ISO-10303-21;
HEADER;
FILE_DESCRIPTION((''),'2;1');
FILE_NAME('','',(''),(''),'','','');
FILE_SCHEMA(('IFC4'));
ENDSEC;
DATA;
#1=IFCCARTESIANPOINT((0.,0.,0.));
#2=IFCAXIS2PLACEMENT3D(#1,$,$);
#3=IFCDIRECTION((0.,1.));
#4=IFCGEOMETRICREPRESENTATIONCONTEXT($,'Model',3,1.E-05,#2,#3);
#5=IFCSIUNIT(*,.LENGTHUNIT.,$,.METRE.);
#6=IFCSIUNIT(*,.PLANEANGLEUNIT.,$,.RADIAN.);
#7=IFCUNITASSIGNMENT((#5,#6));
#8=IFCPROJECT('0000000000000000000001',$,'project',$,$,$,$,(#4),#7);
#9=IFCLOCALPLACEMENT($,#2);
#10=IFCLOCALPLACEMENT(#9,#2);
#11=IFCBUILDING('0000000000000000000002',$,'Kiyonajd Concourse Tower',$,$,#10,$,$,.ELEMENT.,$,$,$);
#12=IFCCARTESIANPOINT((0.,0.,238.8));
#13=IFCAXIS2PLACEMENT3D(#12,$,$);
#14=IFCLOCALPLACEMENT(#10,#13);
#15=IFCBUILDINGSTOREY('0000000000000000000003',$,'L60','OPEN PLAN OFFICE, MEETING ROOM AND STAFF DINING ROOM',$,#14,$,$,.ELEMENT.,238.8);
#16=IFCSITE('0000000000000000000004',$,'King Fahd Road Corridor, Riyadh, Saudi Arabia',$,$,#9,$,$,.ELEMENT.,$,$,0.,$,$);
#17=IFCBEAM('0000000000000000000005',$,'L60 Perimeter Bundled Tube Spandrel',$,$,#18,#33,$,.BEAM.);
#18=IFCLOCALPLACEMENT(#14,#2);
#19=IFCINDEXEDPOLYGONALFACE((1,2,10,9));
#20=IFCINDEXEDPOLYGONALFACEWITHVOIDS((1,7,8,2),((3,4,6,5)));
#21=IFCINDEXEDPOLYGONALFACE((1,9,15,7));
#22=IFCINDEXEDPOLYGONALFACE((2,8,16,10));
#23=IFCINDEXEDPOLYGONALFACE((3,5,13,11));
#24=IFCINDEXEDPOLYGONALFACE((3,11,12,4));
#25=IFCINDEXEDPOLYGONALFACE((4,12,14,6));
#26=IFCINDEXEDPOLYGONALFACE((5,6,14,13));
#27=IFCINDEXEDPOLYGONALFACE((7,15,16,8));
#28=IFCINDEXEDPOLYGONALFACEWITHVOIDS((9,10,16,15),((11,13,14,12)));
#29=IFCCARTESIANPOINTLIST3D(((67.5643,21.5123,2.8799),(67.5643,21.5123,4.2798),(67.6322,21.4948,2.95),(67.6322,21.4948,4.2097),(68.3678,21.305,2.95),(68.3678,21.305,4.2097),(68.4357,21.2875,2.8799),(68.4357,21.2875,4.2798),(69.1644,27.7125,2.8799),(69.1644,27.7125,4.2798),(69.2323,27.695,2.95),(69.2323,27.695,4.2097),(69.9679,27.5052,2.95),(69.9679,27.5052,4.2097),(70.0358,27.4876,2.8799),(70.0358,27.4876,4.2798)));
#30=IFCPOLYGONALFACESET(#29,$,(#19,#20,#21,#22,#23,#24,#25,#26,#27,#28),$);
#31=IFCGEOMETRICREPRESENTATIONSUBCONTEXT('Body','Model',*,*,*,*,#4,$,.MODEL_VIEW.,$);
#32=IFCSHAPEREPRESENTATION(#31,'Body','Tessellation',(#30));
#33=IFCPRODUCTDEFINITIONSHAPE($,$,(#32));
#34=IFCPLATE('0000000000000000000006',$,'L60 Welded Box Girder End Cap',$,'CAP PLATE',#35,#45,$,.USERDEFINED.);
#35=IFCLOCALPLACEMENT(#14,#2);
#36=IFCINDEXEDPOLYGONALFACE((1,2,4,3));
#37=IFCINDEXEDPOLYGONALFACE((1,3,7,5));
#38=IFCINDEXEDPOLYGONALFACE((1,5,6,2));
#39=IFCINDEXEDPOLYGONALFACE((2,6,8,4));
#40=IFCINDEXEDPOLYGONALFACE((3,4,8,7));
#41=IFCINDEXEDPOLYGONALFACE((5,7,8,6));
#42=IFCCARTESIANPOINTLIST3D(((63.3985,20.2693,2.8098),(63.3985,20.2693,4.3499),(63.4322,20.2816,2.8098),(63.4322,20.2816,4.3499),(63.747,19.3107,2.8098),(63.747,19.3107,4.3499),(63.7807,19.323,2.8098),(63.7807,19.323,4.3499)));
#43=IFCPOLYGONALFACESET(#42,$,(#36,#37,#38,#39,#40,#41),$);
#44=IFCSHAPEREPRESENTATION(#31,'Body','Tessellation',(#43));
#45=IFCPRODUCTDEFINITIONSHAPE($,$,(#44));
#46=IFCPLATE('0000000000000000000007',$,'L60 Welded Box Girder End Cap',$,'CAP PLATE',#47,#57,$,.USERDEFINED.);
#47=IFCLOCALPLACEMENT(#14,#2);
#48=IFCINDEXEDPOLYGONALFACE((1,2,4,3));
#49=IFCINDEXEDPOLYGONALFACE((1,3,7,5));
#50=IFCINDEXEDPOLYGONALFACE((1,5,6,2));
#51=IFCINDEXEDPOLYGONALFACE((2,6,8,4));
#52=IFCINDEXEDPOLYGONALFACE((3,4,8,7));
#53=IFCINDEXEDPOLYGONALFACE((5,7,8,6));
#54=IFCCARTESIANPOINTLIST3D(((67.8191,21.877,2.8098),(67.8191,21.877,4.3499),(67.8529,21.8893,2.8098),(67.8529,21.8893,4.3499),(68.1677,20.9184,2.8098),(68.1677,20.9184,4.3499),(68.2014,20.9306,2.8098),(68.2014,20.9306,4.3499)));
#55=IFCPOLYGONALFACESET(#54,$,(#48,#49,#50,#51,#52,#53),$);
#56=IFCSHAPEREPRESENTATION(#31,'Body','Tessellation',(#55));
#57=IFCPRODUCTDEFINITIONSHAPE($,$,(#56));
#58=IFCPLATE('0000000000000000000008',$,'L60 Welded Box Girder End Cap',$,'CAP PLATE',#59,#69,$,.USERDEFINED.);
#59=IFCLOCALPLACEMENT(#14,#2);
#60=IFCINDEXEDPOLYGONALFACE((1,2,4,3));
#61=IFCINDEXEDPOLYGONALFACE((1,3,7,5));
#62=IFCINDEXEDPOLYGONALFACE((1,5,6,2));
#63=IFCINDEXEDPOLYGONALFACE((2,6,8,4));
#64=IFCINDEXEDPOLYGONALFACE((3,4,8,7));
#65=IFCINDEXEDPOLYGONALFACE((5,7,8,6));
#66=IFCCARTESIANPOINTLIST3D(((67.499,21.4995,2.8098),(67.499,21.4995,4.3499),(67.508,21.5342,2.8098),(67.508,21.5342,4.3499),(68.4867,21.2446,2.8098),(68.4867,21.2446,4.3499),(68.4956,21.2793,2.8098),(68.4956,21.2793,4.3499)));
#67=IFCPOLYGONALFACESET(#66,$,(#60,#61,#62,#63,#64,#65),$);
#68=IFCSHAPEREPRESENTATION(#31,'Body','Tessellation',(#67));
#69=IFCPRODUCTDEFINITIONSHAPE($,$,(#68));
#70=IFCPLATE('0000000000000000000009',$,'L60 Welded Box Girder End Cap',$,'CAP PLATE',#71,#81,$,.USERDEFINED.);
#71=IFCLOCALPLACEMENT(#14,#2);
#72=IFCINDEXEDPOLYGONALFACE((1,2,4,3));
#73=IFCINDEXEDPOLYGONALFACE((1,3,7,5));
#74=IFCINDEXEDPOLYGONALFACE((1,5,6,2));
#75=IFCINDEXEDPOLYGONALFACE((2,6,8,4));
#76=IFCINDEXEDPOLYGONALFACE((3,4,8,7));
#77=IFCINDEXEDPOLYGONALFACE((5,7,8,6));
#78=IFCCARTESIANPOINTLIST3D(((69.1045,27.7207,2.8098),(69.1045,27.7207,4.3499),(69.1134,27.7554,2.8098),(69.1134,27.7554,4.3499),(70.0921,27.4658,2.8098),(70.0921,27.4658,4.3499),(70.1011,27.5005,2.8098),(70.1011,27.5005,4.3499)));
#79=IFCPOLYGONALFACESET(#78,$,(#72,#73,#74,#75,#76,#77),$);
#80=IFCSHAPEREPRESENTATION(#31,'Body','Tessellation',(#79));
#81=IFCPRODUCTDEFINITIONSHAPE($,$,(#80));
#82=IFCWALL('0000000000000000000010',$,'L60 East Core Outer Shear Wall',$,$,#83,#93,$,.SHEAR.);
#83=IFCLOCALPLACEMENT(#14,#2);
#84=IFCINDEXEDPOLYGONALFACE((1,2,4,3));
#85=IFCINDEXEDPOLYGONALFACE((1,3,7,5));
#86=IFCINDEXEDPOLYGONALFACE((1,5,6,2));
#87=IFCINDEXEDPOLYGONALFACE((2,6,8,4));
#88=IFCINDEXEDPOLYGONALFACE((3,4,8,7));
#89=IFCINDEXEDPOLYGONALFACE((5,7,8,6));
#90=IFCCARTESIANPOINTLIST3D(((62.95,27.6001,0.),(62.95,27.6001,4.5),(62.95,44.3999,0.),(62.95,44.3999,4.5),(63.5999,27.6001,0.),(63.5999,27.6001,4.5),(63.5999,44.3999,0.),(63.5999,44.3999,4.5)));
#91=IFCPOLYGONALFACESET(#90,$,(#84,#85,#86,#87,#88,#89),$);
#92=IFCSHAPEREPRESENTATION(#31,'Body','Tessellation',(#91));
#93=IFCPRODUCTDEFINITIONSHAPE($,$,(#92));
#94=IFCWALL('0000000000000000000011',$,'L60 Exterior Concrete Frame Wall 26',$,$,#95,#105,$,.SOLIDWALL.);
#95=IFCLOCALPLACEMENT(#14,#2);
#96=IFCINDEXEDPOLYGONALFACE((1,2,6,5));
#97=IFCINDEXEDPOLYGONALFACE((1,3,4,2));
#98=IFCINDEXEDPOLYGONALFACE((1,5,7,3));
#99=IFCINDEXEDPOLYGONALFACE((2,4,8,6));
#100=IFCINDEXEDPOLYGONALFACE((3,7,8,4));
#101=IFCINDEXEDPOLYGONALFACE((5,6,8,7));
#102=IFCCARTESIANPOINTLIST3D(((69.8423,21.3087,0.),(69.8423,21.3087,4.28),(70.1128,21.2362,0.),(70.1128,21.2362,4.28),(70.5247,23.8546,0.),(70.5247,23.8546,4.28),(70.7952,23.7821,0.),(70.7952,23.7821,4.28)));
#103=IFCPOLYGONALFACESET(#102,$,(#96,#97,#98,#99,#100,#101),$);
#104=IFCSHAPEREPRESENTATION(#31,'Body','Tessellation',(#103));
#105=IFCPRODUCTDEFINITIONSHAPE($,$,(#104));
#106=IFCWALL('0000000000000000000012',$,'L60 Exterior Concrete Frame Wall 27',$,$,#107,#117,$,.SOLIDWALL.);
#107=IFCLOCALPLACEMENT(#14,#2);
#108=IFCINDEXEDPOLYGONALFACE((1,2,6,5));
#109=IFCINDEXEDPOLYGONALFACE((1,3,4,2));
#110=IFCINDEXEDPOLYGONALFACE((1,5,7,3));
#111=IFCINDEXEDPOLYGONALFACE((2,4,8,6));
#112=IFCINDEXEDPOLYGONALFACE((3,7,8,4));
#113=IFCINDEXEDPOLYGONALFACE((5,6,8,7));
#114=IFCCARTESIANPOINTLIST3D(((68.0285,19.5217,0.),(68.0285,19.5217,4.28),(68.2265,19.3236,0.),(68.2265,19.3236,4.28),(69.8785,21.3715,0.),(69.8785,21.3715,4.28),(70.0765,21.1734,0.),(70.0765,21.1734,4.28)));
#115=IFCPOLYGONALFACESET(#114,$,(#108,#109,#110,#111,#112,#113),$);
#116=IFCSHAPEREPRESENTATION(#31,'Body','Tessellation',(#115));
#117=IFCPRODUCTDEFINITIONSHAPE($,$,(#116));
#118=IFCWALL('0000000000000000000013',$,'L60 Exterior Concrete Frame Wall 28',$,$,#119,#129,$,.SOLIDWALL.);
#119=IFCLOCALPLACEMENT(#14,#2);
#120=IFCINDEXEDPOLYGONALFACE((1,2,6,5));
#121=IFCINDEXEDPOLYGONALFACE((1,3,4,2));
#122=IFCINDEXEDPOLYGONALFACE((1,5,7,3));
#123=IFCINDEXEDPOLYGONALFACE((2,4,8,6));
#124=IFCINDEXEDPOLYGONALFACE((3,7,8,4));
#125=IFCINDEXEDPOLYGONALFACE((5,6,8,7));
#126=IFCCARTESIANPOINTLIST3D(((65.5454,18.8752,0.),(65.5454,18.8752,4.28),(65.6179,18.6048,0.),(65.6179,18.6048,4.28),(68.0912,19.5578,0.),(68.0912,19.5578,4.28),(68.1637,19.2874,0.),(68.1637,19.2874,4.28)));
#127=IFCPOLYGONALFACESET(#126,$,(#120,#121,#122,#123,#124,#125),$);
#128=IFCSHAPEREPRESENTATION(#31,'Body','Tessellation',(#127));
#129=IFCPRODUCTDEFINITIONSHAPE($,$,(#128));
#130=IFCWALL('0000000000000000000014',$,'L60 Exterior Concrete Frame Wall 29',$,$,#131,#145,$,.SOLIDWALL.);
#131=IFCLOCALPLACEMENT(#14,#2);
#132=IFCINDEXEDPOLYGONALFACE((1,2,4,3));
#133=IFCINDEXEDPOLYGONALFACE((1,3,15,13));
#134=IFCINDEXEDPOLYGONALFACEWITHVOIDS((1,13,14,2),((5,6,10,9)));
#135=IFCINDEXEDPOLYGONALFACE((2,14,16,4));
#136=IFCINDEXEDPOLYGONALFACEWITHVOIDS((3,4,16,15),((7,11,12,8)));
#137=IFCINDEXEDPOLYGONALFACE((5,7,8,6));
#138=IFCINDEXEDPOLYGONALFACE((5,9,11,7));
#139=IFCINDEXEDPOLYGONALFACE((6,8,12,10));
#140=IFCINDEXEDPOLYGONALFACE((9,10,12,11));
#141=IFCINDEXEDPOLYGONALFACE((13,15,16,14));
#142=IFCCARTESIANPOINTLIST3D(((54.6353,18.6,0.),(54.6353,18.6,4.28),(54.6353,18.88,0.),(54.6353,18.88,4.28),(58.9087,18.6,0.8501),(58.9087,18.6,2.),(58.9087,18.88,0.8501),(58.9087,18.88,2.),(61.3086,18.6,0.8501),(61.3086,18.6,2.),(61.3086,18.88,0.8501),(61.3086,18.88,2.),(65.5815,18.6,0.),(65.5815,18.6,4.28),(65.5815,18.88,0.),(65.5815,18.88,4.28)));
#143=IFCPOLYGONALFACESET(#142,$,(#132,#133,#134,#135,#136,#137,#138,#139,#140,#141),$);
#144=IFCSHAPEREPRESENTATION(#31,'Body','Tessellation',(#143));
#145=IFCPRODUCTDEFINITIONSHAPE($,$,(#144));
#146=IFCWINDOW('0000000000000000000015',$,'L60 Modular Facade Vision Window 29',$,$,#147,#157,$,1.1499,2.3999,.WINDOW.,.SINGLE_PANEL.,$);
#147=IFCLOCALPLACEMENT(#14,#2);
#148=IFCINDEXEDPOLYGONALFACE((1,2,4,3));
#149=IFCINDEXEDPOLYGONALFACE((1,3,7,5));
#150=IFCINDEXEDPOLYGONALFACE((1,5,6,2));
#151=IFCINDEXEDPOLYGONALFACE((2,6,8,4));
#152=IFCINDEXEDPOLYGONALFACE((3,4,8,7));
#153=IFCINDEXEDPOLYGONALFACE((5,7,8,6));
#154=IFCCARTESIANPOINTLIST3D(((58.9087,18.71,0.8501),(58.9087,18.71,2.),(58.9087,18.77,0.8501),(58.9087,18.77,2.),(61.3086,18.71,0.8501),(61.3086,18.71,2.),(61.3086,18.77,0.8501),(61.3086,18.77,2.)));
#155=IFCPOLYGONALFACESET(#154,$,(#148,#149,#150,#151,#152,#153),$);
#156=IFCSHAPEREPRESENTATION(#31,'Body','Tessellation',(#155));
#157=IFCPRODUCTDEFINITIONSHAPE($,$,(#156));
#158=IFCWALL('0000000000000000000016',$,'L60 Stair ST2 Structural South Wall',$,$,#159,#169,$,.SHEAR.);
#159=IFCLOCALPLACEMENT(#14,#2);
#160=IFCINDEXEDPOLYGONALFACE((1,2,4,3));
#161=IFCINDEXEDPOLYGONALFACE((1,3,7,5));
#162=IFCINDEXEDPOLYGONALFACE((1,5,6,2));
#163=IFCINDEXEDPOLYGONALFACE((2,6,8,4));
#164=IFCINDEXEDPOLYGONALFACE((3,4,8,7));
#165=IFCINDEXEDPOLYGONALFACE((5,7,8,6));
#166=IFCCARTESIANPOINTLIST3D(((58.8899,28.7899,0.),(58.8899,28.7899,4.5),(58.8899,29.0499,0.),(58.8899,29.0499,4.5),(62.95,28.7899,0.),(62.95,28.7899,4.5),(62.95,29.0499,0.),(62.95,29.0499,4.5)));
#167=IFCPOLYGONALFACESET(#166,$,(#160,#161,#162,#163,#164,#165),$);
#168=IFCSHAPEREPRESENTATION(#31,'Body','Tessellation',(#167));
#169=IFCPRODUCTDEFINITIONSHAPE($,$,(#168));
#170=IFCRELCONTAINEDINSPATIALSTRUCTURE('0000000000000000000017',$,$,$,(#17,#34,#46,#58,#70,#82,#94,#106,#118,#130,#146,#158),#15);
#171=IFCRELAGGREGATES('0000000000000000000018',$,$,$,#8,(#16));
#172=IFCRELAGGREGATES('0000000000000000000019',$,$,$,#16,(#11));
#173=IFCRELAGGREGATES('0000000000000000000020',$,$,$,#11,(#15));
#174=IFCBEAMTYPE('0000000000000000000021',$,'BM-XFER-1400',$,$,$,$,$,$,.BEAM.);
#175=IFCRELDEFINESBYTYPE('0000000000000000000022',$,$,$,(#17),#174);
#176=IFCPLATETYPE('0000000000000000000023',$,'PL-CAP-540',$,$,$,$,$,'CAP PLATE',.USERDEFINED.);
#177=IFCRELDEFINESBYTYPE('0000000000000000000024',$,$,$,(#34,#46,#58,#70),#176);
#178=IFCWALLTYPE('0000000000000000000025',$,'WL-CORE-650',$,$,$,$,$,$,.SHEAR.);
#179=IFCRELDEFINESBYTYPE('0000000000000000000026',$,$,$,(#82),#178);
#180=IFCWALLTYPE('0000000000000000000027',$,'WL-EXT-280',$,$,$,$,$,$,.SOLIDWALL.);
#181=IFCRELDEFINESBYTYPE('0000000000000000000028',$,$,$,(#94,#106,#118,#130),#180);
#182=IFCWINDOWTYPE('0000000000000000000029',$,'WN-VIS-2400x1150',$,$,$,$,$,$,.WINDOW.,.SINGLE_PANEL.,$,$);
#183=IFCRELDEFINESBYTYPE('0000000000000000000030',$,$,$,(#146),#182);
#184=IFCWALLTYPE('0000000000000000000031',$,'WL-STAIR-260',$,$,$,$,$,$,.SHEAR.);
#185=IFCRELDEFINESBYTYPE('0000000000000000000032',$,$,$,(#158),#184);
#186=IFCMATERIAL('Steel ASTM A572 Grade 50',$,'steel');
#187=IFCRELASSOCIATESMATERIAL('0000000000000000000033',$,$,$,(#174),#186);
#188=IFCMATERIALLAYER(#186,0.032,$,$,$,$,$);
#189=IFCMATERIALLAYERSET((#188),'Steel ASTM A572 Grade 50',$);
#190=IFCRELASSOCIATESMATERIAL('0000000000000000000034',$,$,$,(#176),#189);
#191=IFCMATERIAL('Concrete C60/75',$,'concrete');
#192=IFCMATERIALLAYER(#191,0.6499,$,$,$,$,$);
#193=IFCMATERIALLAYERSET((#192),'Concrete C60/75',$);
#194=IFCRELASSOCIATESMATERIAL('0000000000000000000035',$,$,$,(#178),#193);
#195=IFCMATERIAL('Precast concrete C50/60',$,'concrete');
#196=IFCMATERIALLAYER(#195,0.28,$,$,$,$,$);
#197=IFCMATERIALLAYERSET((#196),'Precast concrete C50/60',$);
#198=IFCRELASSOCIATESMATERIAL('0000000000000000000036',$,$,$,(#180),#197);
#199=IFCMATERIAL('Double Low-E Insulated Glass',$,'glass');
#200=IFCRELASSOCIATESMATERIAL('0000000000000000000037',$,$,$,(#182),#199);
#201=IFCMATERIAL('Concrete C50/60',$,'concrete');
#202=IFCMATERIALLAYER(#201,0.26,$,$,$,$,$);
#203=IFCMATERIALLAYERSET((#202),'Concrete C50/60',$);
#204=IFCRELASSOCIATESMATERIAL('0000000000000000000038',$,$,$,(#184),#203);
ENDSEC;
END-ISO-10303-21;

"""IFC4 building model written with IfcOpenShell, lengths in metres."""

from ifc_helpers import new_model, si_unit, direction, frame, frame_2d, origin, origin_2d, place, context, subcontext, project, spatial, rectangle, hollow_rectangle, extrude, material, layer, layer_set, material_profile, profile_set, type_object, element, fill, save


model = new_model("IFC4")

# Units and contexts
model_context = context("Model", 3, precision=1e-05, world=origin(), true_north=direction((0.0, 1.0)))
body_context = subcontext(model_context, "Body", "Model", "MODEL_VIEW")
ifc_project = project(units=[si_unit("LENGTHUNIT", "METRE"), si_unit("PLANEANGLEUNIT", "RADIAN")], contexts=[model_context])

# Site, building, storey
site_placement = place(None, origin())
site = spatial("IfcSite", under=ifc_project, at=site_placement, Name="King Fahd Road Corridor, Riyadh, Saudi Arabia", CompositionType="ELEMENT", RefElevation=0.0)
building_placement = place(site_placement, origin())
building = spatial("IfcBuilding", under=site, at=building_placement, Name="Kiyonajd Concourse Tower", CompositionType="ELEMENT")
storey_placement = place(building_placement, frame((0.0, 0.0, 238.8)))
storey = spatial("IfcBuildingStorey", under=building, at=storey_placement, Name="L60", Description="OPEN PLAN OFFICE, MEETING ROOM AND STAFF DINING ROOM", CompositionType="ELEMENT", Elevation=238.8)

# Shared definitions
ifc_material_1 = material(Name="Concrete C60/75", Category="concrete")

# Beam
ifc_material_2 = material(Name="Concrete C50/60", Category="concrete")
ifc_material_3 = material(Name="Steel ASTM A572 Grade 50", Category="steel")
ifc_material_profile_1 = material_profile(ifc_material_3, hollow_rectangle(XDim=0.8999, YDim=1.3999, WallThickness=0.0701, at=origin_2d()), Name="BOX-1400x900x70")
ifc_profile_set_1 = profile_set([ifc_material_profile_1], Name="Steel ASTM A572 Grade 50")
beam_type_1 = type_object("IfcBeamType", Name="BM-XFER-1400", PredefinedType="BEAM", material=ifc_profile_set_1)
beam_1_placement = place(storey_placement, frame((68.0, 21.3999, 3.5798), z_axis=(0.249885, 0.968276, 0.0), x_axis=(-0.968276, 0.249885, 0.0)))
element("IfcBeam", 1, at=beam_1_placement, inside=storey, type_object=beam_type_1, Name="L60 Perimeter Bundled Tube Spandrel", PredefinedType="BEAM", context=body_context, shape_type="SweptSolid", body=[
    extrude(hollow_rectangle(XDim=0.8999, YDim=1.3999, WallThickness=0.0701, at=origin_2d()), origin(), (0.0, 0.0, 1.0), 6.4033),
])

# Plates
ifc_layer_1 = layer(ifc_material_3, 0.032)
ifc_layer_set_1 = layer_set([ifc_layer_1], Name="Steel ASTM A572 Grade 50")
plate_type = type_object("IfcPlateType", Name="PL-CAP-540", ElementType="CAP PLATE", PredefinedType="USERDEFINED", material=ifc_layer_set_1)
for number, where, z_axis, x_axis, name in (
    (2, (63.5896, 19.7961, 2.8098), (0.0, 0.0, 1.0), (-0.939812, -0.341692, 0.0), "L60 Welded Box Girder End Cap"),
    (3, (68.0103, 21.4038, 2.8098), (0.0, 0.0, 1.0), (0.939812, 0.341692, 0.0), "L60 Welded Box Girder End Cap"),
    (4, (67.9973, 21.3894, 2.8098), (0.0, 0.0, 1.0), (-0.249873, -0.968279, 0.0), "L60 Welded Box Girder End Cap"),
    (5, (69.6028, 27.6106, 2.8098), (0.0, 0.0, 1.0), (0.249873, 0.968279, 0.0), "L60 Welded Box Girder End Cap"),
):
    element("IfcPlate", number, at=place(storey_placement, frame(where, z_axis=z_axis, x_axis=x_axis)), inside=storey, type_object=plate_type, Name=name, ObjectType="CAP PLATE", PredefinedType="USERDEFINED", context=body_context, shape_type="SweptSolid", body=[
        extrude(rectangle(XDim=0.0359, YDim=1.02, at=origin_2d()), origin(), (0.0, 0.0, 1.0), 1.54),
    ])

# Walls
ifc_layer_2 = layer(ifc_material_1, 0.6499)
ifc_layer_set_2 = layer_set([ifc_layer_2], Name="Concrete C60/75")
wall_type_1 = type_object("IfcWallType", Name="WL-CORE-650", PredefinedType="SHEAR", material=ifc_layer_set_2)
wall_1_placement = place(storey_placement, frame((63.2749, 27.6001, 0.0), z_axis=(0.0, 0.0, 1.0), x_axis=(0.0, 1.0, 0.0)))
element("IfcWall", 6, at=wall_1_placement, inside=storey, type_object=wall_type_1, Name="L60 East Core Outer Shear Wall", PredefinedType="SHEAR", context=body_context, shape_type="SweptSolid", body=[
    extrude(rectangle(XDim=16.7998, YDim=0.6499, at=frame_2d((8.3999, 0.0))), origin(), (0.0, 0.0, 1.0), 4.5),
])
ifc_material_4 = material(Name="Precast concrete C50/60", Category="concrete")
ifc_layer_3 = layer(ifc_material_4, 0.28)
ifc_layer_set_3 = layer_set([ifc_layer_3], Name="Precast concrete C50/60")
wall_type_2 = type_object("IfcWallType", Name="WL-EXT-280", PredefinedType="SOLIDWALL", material=ifc_layer_set_3)
wall_2_placement = place(storey_placement, frame((70.6599, 23.8184, 0.0), z_axis=(0.0, 0.0, 1.0), x_axis=(-0.25889, -0.965907, 0.0)))
element("IfcWall", 7, at=wall_2_placement, inside=storey, type_object=wall_type_2, Name="L60 Exterior Concrete Frame Wall 26", PredefinedType="SOLIDWALL", context=body_context, shape_type="SweptSolid", body=[
    extrude(rectangle(XDim=2.6357, YDim=0.28, at=frame_2d((1.3179, 0.0))), origin(), (0.0, 0.0, 1.0), 4.28),
])
wall_3_placement = place(storey_placement, frame((69.9775, 21.2725, 0.0), z_axis=(0.0, 0.0, 1.0), x_axis=(-0.707153, -0.70706, 0.0)))
element("IfcWall", 8, at=wall_3_placement, inside=storey, type_object=wall_type_2, Name="L60 Exterior Concrete Frame Wall 27", PredefinedType="SOLIDWALL", context=body_context, shape_type="SweptSolid", body=[
    extrude(rectangle(XDim=2.6162, YDim=0.28, at=frame_2d((1.3081, 0.0))), origin(), (0.0, 0.0, 1.0), 4.28),
])
wall_4_placement = place(storey_placement, frame((68.1274, 19.4226, 0.0), z_axis=(0.0, 0.0, 1.0), x_axis=(-0.965884, -0.258977, 0.0)))
element("IfcWall", 9, at=wall_4_placement, inside=storey, type_object=wall_type_2, Name="L60 Exterior Concrete Frame Wall 28", PredefinedType="SOLIDWALL", context=body_context, shape_type="SweptSolid", body=[
    extrude(rectangle(XDim=2.6357, YDim=0.28, at=frame_2d((1.3179, 0.0))), origin(), (0.0, 0.0, 1.0), 4.28),
])

# Wall, opening, window
wall_5_placement = place(storey_placement, frame((65.5815, 18.74, 0.0), z_axis=(0.0, 0.0, 1.0), x_axis=(-1.0, 0.0, 0.0)))
wall_5 = element("IfcWall", 10, at=wall_5_placement, inside=storey, type_object=wall_type_2, Name="L60 Exterior Concrete Frame Wall 29", PredefinedType="SOLIDWALL", context=body_context, shape_type="SweptSolid", body=[
    extrude(rectangle(XDim=10.9463, YDim=0.28, at=frame_2d((5.4731, 0.0))), origin(), (0.0, 0.0, 1.0), 4.28),
])
opening_1_placement = place(wall_5_placement, frame((4.2729, 0.0, 0.8501)))
opening_1 = element("IfcOpeningElement", 11, at=opening_1_placement, cuts=wall_5, PredefinedType="OPENING", context=body_context, shape_type="SweptSolid", body=[
    extrude(rectangle(XDim=2.3999, YDim=1.1499, at=frame_2d((1.2, 0.575))), frame((0.0, 0.1499, 0.0), z_axis=(0.0, -1.0, 0.0), x_axis=(1.0, 0.0, 0.0)), (0.0, 0.0, 1.0), 0.3),
])
ifc_material_5 = material(Name="Double Low-E Insulated Glass", Category="glass")
window_type = type_object("IfcWindowType", Name="WN-VIS-2400x1150", PartitioningType="SINGLE_PANEL", PredefinedType="WINDOW", material=ifc_material_5)
window_placement = place(opening_1_placement, origin())
window = element("IfcWindow", 12, at=window_placement, inside=storey, type_object=window_type, Name="L60 Modular Facade Vision Window 29", OverallHeight=1.1499, OverallWidth=2.3999, PartitioningType="SINGLE_PANEL", PredefinedType="WINDOW", context=body_context, shape_type="SweptSolid", body=[
    extrude(rectangle(XDim=2.3999, YDim=1.1499, at=frame_2d((1.2, 0.575))), frame((0.0, 0.03, 0.0), z_axis=(0.0, -1.0, 0.0), x_axis=(1.0, 0.0, 0.0)), (0.0, 0.0, 1.0), 0.0601),
])
fill(opening_1, window)

# Wall
ifc_layer_4 = layer(ifc_material_2, 0.26)
ifc_layer_set_4 = layer_set([ifc_layer_4], Name="Concrete C50/60")
wall_type_3 = type_object("IfcWallType", Name="WL-STAIR-260", PredefinedType="SHEAR", material=ifc_layer_set_4)
wall_6_placement = place(storey_placement, frame((58.8899, 28.9199, 0.0), z_axis=(0.0, 0.0, 1.0), x_axis=(1.0, 0.0, 0.0)))
element("IfcWall", 13, at=wall_6_placement, inside=storey, type_object=wall_type_3, Name="L60 Stair ST2 Structural South Wall", PredefinedType="SHEAR", context=body_context, shape_type="SweptSolid", body=[
    extrude(rectangle(XDim=4.0601, YDim=0.26, at=frame_2d((2.03, 0.0))), origin(), (0.0, 0.0, 1.0), 4.5),
])

save(model, "model.ifc")
